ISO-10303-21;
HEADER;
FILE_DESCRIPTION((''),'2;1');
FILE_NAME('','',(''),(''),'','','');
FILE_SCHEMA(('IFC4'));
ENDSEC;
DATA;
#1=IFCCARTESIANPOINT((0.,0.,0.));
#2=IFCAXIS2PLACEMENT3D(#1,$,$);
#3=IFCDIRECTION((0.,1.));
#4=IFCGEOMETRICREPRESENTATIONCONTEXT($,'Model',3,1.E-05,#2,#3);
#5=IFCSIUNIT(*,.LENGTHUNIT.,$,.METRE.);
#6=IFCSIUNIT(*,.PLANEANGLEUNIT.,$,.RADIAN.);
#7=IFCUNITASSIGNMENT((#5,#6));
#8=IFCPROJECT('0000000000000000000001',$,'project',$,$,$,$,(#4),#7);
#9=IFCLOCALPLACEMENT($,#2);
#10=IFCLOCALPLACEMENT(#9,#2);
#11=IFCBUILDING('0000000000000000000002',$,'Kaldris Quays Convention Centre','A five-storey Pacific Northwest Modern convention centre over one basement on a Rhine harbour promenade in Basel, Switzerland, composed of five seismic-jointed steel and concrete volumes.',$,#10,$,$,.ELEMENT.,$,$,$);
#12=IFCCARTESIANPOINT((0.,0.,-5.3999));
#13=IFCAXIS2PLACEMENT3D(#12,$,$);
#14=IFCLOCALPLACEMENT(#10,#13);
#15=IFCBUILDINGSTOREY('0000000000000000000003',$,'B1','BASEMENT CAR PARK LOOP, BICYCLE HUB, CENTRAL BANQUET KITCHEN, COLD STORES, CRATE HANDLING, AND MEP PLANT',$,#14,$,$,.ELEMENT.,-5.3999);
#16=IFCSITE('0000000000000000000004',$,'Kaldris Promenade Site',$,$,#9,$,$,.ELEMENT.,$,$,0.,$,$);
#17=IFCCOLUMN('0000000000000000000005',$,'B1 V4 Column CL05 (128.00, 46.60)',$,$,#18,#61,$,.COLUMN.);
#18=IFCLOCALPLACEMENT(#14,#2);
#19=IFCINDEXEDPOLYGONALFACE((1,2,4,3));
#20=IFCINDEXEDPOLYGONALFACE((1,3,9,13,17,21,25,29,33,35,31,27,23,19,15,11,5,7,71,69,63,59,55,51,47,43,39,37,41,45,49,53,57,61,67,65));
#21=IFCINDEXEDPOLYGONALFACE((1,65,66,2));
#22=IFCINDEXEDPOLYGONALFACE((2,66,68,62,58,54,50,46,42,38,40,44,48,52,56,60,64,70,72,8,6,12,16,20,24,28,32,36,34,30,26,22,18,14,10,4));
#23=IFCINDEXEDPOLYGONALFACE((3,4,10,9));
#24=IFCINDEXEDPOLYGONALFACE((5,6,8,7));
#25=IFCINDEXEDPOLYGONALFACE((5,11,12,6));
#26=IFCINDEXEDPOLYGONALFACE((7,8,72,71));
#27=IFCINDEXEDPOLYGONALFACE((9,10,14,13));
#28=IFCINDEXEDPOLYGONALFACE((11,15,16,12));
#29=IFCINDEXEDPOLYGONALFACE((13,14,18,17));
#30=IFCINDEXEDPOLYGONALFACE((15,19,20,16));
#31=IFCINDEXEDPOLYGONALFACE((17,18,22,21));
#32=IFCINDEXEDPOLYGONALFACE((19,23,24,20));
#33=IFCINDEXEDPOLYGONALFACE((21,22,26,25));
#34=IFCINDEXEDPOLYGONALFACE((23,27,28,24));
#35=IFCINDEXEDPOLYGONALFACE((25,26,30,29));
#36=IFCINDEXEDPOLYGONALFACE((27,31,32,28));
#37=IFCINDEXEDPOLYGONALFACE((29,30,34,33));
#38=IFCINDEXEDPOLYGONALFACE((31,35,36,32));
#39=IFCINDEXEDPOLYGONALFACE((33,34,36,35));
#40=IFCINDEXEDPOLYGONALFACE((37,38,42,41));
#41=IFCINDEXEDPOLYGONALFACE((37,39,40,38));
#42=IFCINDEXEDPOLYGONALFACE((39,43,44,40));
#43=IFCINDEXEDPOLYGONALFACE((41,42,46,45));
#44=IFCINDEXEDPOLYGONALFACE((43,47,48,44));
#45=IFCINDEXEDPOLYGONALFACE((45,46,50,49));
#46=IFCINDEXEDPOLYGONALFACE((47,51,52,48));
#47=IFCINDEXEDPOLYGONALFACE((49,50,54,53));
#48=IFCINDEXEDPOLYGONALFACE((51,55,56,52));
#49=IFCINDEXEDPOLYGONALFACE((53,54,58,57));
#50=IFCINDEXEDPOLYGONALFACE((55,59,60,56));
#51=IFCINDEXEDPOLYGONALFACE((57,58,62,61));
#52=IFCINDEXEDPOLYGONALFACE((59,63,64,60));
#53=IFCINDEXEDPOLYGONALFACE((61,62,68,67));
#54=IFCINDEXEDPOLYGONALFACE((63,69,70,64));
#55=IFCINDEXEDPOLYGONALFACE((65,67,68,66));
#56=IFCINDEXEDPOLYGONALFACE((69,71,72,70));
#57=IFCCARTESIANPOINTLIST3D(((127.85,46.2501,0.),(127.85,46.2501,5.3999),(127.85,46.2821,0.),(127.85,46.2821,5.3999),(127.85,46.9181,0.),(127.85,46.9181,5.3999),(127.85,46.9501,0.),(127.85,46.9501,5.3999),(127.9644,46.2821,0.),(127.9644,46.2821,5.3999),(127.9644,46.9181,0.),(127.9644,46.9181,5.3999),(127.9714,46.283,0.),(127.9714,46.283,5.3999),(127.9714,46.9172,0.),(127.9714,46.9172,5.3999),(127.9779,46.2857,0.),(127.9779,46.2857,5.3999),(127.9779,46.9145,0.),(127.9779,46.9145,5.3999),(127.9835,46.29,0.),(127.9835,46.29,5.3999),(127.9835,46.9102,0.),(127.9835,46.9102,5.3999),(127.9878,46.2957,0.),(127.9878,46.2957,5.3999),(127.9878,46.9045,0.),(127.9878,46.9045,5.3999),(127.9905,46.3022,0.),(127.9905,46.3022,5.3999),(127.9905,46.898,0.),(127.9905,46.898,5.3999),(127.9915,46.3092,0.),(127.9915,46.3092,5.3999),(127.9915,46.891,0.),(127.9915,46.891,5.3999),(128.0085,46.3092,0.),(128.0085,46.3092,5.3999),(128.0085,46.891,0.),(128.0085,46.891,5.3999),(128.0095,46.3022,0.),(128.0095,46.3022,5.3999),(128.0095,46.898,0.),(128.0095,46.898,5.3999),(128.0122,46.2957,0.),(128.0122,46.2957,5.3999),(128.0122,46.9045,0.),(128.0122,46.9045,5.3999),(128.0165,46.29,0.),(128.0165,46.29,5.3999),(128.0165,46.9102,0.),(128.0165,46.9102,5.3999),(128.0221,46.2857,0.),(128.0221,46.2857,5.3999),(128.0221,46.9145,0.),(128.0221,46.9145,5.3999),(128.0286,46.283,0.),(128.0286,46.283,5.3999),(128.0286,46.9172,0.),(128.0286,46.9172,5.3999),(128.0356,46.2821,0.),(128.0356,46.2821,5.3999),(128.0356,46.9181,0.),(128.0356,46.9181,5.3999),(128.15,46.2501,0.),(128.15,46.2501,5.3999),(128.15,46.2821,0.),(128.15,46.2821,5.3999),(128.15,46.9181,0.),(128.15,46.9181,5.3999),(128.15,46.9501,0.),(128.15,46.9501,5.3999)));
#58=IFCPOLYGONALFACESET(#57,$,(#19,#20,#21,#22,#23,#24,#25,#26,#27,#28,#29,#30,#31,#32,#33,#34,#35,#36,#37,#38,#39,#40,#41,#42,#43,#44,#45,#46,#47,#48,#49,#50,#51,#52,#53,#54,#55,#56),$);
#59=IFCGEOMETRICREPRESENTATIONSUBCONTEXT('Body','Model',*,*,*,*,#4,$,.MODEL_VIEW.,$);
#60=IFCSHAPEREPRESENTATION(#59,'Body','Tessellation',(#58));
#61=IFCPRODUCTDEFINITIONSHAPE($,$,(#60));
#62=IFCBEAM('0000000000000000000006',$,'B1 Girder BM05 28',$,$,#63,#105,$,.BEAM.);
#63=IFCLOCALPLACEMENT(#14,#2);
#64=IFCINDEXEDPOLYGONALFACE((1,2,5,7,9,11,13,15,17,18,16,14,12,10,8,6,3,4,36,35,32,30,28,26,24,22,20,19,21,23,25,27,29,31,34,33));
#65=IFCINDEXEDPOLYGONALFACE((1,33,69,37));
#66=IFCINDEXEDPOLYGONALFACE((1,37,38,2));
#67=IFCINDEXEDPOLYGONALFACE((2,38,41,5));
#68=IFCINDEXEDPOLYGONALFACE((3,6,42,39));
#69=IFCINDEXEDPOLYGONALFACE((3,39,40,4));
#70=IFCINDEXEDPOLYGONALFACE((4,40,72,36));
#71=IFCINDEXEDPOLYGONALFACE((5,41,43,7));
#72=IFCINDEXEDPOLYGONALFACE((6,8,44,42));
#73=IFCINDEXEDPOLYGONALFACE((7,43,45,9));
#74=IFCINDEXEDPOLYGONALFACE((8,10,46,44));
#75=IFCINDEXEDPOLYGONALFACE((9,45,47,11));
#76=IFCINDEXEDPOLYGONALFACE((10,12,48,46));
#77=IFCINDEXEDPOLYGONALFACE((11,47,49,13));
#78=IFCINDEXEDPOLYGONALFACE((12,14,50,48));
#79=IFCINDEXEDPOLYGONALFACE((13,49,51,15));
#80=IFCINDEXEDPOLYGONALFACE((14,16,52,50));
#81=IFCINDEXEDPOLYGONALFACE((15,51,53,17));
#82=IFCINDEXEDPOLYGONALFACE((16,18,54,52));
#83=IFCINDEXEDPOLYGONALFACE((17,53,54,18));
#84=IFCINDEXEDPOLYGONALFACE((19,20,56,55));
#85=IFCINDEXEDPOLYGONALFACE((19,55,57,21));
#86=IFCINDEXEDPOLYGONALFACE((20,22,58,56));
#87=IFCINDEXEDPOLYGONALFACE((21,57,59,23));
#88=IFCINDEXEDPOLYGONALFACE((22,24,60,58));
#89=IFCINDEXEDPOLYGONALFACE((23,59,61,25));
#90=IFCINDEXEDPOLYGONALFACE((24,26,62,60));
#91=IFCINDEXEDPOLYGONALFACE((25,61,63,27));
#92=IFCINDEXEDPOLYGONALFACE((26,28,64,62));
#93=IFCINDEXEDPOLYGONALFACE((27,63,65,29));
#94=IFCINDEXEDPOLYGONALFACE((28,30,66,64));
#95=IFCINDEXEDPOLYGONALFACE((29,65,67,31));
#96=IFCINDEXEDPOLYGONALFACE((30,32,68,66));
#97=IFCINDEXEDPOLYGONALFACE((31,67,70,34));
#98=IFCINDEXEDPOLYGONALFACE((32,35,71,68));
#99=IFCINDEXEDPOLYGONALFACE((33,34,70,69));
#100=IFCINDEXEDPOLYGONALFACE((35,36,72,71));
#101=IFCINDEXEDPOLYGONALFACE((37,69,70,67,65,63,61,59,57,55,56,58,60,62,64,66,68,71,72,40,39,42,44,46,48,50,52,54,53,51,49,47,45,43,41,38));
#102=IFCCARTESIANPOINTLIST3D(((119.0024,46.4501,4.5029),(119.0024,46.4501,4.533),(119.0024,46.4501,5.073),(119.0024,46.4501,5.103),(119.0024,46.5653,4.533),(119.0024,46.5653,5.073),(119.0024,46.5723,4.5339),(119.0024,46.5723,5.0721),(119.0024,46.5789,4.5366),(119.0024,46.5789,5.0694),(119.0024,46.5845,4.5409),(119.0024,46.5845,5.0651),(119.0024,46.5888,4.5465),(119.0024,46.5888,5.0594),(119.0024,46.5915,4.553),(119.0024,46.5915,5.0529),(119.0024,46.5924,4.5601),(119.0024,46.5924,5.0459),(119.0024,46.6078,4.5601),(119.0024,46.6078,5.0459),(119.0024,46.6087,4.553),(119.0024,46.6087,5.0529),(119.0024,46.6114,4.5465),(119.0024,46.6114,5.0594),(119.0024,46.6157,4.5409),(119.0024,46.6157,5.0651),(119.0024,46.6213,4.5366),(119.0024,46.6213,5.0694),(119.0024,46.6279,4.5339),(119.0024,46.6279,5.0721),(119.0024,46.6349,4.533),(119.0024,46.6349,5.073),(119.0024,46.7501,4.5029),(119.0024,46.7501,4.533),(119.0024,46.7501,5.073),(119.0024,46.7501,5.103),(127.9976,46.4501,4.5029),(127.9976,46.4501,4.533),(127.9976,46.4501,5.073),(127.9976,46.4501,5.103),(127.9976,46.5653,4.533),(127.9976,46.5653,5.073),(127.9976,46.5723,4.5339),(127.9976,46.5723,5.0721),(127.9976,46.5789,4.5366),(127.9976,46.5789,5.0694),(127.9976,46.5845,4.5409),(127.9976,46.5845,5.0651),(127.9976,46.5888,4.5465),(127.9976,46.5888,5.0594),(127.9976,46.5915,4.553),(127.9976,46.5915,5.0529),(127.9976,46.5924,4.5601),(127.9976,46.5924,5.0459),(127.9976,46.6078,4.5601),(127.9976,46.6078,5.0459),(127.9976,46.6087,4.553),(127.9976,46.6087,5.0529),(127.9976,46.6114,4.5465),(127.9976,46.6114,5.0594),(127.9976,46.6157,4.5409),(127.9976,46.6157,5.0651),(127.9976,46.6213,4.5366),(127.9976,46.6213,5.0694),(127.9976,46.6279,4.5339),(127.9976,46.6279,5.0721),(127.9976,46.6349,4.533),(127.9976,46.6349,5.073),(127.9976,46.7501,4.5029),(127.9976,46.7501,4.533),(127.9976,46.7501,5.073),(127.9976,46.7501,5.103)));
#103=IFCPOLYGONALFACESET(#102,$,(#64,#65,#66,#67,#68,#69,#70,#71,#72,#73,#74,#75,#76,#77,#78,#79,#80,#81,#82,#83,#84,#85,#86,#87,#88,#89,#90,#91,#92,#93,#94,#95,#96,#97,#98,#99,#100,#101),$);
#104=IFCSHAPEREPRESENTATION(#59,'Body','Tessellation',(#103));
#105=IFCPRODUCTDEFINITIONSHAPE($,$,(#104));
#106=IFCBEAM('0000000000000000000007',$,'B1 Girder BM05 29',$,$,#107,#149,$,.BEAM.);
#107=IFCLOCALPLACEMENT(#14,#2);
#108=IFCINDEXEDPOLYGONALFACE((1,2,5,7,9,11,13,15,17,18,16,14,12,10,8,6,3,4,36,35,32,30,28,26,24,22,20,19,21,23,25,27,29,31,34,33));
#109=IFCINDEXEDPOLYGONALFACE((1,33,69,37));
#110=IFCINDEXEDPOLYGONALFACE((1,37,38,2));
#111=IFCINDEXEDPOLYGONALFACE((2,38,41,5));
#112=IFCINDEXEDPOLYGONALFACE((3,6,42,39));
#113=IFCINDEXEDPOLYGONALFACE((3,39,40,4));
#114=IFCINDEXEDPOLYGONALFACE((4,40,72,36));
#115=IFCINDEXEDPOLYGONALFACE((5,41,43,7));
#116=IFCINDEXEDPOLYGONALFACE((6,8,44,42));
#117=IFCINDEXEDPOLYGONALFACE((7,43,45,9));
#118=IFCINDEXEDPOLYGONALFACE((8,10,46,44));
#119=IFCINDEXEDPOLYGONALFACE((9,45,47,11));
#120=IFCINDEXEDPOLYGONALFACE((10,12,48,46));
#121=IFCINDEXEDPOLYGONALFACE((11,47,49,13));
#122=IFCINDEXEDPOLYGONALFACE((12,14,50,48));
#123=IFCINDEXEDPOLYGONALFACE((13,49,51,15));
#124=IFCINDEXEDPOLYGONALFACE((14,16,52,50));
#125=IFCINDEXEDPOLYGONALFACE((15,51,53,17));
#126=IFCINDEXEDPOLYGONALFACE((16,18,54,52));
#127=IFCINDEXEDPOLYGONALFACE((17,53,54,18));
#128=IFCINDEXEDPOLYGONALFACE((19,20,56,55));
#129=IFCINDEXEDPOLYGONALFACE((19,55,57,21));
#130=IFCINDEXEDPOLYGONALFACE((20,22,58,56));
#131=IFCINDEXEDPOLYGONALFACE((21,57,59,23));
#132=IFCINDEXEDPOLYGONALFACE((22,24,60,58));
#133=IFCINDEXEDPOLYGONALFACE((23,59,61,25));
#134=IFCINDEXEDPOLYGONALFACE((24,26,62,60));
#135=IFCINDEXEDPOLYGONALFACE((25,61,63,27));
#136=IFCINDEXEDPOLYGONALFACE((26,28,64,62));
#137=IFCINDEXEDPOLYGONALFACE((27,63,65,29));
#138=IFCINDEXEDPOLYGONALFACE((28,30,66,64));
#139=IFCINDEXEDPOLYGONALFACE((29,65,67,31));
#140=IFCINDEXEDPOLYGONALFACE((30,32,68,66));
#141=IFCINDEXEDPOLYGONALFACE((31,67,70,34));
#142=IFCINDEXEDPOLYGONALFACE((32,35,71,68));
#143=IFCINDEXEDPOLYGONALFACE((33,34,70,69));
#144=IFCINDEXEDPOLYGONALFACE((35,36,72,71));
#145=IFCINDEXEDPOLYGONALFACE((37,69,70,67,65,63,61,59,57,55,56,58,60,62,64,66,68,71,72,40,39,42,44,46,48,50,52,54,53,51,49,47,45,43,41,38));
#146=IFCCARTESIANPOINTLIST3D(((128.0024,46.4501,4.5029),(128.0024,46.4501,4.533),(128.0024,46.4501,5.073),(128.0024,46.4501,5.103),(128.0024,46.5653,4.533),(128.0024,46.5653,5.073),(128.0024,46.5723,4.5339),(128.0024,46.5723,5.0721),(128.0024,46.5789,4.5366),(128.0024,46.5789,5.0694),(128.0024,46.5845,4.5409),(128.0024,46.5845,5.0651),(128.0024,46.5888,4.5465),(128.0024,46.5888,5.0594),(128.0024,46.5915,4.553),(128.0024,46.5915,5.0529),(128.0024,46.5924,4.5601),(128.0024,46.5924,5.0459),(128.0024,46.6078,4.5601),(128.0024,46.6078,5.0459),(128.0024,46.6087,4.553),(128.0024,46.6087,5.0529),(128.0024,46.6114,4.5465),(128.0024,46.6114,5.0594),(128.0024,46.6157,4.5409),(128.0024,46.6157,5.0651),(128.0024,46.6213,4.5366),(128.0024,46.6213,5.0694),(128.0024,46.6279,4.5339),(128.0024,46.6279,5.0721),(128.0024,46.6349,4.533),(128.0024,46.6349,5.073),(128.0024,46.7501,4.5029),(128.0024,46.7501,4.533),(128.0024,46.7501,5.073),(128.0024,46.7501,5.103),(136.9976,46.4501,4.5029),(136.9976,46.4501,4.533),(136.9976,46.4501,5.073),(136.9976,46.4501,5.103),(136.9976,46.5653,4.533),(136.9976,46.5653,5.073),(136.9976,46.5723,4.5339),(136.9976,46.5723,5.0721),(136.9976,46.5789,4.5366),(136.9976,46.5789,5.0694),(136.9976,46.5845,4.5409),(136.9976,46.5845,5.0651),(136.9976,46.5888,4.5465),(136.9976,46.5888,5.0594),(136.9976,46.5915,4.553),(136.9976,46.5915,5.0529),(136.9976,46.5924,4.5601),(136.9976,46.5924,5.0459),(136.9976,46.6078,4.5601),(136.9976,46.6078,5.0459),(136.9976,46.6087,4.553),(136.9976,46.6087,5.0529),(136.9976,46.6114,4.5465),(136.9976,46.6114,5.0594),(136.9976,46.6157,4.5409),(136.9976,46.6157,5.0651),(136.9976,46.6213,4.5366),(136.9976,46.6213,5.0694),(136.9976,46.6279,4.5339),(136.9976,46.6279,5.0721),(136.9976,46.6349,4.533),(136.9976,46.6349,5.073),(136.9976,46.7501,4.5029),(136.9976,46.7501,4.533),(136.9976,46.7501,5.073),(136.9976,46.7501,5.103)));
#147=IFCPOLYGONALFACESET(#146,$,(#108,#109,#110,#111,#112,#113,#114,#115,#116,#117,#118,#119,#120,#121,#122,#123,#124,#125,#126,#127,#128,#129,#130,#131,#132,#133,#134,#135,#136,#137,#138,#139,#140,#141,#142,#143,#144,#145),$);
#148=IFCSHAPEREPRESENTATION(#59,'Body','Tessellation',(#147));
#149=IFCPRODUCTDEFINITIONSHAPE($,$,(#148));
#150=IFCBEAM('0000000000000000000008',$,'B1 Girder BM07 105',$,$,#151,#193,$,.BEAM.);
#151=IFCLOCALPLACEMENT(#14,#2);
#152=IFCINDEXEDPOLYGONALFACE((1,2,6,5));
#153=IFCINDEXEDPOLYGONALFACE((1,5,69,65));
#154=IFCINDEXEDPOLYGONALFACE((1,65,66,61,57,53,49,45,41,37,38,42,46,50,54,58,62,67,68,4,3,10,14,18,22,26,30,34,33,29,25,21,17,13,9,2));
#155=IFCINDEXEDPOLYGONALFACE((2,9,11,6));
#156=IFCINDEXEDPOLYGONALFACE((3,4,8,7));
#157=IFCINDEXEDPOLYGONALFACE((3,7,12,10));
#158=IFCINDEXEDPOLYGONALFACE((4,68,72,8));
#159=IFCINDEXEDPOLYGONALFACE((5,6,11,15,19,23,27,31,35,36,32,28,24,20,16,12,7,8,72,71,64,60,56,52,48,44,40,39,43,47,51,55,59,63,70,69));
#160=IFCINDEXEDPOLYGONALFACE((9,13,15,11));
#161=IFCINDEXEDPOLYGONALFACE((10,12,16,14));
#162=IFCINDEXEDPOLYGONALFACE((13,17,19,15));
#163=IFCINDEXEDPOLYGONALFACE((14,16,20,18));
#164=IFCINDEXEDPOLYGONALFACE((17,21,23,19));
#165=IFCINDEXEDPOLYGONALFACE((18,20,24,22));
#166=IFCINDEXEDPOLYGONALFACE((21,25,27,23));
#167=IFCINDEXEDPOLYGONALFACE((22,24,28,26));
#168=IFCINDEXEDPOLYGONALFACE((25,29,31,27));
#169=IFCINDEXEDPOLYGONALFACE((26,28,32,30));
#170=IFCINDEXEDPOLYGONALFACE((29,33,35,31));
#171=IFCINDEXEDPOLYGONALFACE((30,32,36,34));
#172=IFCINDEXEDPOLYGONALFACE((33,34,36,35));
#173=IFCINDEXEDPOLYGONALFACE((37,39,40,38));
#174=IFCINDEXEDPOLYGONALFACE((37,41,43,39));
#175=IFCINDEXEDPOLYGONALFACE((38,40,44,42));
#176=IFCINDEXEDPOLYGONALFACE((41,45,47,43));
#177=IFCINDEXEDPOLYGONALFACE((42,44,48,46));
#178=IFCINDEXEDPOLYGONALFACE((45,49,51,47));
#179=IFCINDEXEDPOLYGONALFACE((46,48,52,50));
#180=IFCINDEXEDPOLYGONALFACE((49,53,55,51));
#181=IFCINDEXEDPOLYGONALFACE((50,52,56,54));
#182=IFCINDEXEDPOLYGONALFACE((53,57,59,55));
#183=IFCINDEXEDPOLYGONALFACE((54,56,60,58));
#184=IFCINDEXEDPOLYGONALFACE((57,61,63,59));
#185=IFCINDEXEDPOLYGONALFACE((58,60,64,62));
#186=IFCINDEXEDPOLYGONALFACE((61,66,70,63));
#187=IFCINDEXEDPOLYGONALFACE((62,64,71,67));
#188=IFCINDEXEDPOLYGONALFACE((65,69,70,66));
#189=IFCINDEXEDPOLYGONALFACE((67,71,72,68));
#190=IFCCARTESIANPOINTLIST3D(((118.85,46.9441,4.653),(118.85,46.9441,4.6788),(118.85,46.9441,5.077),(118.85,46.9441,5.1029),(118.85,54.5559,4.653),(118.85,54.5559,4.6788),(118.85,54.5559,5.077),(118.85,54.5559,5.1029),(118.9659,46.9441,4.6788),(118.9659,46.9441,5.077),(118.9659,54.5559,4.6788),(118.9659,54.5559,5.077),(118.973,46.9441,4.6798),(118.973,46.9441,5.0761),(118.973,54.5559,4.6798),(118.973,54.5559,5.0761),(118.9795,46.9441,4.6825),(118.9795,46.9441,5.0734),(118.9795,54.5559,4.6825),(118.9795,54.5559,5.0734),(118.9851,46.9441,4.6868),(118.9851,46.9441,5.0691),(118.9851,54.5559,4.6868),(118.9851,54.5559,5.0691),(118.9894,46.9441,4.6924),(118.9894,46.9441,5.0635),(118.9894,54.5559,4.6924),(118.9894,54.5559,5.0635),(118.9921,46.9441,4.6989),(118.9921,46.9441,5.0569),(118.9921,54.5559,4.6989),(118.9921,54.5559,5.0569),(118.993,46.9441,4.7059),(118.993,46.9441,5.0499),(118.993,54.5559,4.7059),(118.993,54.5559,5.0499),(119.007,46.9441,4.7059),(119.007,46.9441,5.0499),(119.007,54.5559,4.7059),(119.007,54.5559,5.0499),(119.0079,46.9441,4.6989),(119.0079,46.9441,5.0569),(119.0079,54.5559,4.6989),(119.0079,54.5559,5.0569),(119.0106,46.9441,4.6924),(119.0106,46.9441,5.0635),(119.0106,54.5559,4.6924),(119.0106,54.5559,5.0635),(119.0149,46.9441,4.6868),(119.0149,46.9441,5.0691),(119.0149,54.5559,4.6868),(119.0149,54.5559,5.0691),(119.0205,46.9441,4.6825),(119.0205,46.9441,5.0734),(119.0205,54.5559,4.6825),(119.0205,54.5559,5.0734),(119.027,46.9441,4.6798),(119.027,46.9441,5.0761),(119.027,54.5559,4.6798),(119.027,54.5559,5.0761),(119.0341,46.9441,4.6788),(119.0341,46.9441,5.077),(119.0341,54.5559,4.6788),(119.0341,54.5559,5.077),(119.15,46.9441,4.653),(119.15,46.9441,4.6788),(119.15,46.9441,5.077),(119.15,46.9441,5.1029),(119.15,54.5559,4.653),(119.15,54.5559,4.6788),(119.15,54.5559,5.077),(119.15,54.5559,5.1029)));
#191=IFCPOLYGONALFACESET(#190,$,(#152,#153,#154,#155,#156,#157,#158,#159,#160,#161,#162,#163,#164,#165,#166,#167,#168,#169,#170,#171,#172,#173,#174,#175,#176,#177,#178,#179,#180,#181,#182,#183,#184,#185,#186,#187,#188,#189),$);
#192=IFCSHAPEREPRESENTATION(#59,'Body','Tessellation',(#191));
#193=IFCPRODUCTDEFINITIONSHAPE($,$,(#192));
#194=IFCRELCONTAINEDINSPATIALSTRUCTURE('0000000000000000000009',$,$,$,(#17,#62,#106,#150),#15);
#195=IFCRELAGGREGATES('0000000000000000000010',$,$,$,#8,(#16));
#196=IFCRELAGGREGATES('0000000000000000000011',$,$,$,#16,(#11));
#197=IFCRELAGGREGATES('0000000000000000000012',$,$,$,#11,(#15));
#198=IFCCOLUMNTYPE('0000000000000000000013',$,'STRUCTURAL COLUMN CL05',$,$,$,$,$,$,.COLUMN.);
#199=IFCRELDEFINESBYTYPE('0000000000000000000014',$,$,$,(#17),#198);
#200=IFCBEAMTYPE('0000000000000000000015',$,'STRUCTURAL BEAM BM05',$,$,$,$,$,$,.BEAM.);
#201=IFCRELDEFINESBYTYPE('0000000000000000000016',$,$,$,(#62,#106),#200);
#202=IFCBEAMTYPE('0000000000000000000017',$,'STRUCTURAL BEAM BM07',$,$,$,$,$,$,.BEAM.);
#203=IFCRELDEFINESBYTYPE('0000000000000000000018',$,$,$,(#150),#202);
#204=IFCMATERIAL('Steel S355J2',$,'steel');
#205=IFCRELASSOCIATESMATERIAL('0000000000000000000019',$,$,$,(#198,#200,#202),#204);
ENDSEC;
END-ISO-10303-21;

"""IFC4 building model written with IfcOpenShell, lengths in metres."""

from ifc_helpers import new_model, si_unit, direction, frame, origin, origin_2d, place, context, subcontext, project, spatial, i_section, extrude, material, material_profile, profile_set, type_object, element, save


model = new_model("IFC4")

# Units and contexts
model_context = context("Model", 3, precision=1e-05, world=origin(), true_north=direction((0.0, 1.0)))
body_context = subcontext(model_context, "Body", "Model", "MODEL_VIEW")
ifc_project = project(units=[si_unit("LENGTHUNIT", "METRE"), si_unit("PLANEANGLEUNIT", "RADIAN")], contexts=[model_context])

# Site, building, storey
site_placement = place(None, origin())
site = spatial("IfcSite", under=ifc_project, at=site_placement, Name="Kaldris Promenade Site", CompositionType="ELEMENT", RefElevation=0.0)
building_placement = place(site_placement, origin())
building = spatial("IfcBuilding", under=site, at=building_placement, Name="Kaldris Quays Convention Centre", Description="A five-storey Pacific Northwest Modern convention centre over one basement on a Rhine harbour promenade in Basel, Switzerland, composed of five seismic-jointed steel and concrete volumes.", CompositionType="ELEMENT")
storey_placement = place(building_placement, frame((0.0, 0.0, -5.3999)))
storey = spatial("IfcBuildingStorey", under=building, at=storey_placement, Name="B1", Description="BASEMENT CAR PARK LOOP, BICYCLE HUB, CENTRAL BANQUET KITCHEN, COLD STORES, CRATE HANDLING, AND MEP PLANT", CompositionType="ELEMENT", Elevation=-5.3999)

# Column
ifc_material_1 = material(Name="Steel S355J2", Category="steel")
ifc_material_profile_1 = material_profile(ifc_material_1, i_section(OverallWidth=0.3, OverallDepth=0.7, WebThickness=0.0171, FlangeThickness=0.032, FilletRadius=0.0271, at=origin_2d()), Name="HEB 700")
ifc_profile_set_1 = profile_set([ifc_material_profile_1], Name="Steel S355J2")
column_type = type_object("IfcColumnType", Name="STRUCTURAL COLUMN CL05", PredefinedType="COLUMN", material=ifc_profile_set_1)
for number, where, z_axis, x_axis, name in (
    (1, (128.0, 46.6001, 0.0), (0.0, 0.0, 1.0), (1.0, 0.0, 0.0), "B1 V4 Column CL05 (128.00, 46.60)"),
):
    element("IfcColumn", number, at=place(storey_placement, frame(where, z_axis=z_axis, x_axis=x_axis)), inside=storey, type_object=column_type, Name=name, PredefinedType="COLUMN", context=body_context, shape_type="SweptSolid", body=[
        extrude(i_section(OverallWidth=0.3, OverallDepth=0.7, WebThickness=0.0171, FlangeThickness=0.032, FilletRadius=0.0271, at=origin_2d()), origin(), (0.0, 0.0, 1.0), 5.3999),
    ])

# Beams
ifc_material_profile_2 = material_profile(ifc_material_1, i_section(OverallWidth=0.3, OverallDepth=0.6001, WebThickness=0.0154, FlangeThickness=0.03, FilletRadius=0.0271, at=origin_2d()), Name="HEB 600")
ifc_profile_set_2 = profile_set([ifc_material_profile_2], Name="Steel S355J2")
beam_type_1 = type_object("IfcBeamType", Name="STRUCTURAL BEAM BM05", PredefinedType="BEAM", material=ifc_profile_set_2)
for number, where, z_axis, x_axis, name in (
    (2, (119.0024, 46.6001, 4.803), (1.0, 0.0, 0.0), (0.0, 1.0, 0.0), "B1 Girder BM05 28"),
    (3, (128.0024, 46.6001, 4.803), (1.0, 0.0, 0.0), (0.0, 1.0, 0.0), "B1 Girder BM05 29"),
):
    element("IfcBeam", number, at=place(storey_placement, frame(where, z_axis=z_axis, x_axis=x_axis)), inside=storey, type_object=beam_type_1, Name=name, PredefinedType="BEAM", context=body_context, shape_type="SweptSolid", body=[
        extrude(i_section(OverallWidth=0.3, OverallDepth=0.6001, WebThickness=0.0154, FlangeThickness=0.03, FilletRadius=0.0271, at=origin_2d()), origin(), (0.0, 0.0, 1.0), 8.9951),
    ])
ifc_material_profile_3 = material_profile(ifc_material_1, i_section(OverallWidth=0.3, OverallDepth=0.45, WebThickness=0.0139, FlangeThickness=0.0259, FilletRadius=0.0271, at=origin_2d()), Name="HEB 450")
ifc_profile_set_3 = profile_set([ifc_material_profile_3], Name="Steel S355J2")
beam_type_2 = type_object("IfcBeamType", Name="STRUCTURAL BEAM BM07", PredefinedType="BEAM", material=ifc_profile_set_3)
for number, where, z_axis, x_axis, name in (
    (4, (119.0, 46.9441, 4.8779), (0.0, 1.0, 0.0), (-1.0, 0.0, 0.0), "B1 Girder BM07 105"),
):
    element("IfcBeam", number, at=place(storey_placement, frame(where, z_axis=z_axis, x_axis=x_axis)), inside=storey, type_object=beam_type_2, Name=name, PredefinedType="BEAM", context=body_context, shape_type="SweptSolid", body=[
        extrude(i_section(OverallWidth=0.3, OverallDepth=0.45, WebThickness=0.0139, FlangeThickness=0.0259, FilletRadius=0.0271, at=origin_2d()), origin(), (0.0, 0.0, 1.0), 7.6118),
    ])

save(model, "model.ifc")
